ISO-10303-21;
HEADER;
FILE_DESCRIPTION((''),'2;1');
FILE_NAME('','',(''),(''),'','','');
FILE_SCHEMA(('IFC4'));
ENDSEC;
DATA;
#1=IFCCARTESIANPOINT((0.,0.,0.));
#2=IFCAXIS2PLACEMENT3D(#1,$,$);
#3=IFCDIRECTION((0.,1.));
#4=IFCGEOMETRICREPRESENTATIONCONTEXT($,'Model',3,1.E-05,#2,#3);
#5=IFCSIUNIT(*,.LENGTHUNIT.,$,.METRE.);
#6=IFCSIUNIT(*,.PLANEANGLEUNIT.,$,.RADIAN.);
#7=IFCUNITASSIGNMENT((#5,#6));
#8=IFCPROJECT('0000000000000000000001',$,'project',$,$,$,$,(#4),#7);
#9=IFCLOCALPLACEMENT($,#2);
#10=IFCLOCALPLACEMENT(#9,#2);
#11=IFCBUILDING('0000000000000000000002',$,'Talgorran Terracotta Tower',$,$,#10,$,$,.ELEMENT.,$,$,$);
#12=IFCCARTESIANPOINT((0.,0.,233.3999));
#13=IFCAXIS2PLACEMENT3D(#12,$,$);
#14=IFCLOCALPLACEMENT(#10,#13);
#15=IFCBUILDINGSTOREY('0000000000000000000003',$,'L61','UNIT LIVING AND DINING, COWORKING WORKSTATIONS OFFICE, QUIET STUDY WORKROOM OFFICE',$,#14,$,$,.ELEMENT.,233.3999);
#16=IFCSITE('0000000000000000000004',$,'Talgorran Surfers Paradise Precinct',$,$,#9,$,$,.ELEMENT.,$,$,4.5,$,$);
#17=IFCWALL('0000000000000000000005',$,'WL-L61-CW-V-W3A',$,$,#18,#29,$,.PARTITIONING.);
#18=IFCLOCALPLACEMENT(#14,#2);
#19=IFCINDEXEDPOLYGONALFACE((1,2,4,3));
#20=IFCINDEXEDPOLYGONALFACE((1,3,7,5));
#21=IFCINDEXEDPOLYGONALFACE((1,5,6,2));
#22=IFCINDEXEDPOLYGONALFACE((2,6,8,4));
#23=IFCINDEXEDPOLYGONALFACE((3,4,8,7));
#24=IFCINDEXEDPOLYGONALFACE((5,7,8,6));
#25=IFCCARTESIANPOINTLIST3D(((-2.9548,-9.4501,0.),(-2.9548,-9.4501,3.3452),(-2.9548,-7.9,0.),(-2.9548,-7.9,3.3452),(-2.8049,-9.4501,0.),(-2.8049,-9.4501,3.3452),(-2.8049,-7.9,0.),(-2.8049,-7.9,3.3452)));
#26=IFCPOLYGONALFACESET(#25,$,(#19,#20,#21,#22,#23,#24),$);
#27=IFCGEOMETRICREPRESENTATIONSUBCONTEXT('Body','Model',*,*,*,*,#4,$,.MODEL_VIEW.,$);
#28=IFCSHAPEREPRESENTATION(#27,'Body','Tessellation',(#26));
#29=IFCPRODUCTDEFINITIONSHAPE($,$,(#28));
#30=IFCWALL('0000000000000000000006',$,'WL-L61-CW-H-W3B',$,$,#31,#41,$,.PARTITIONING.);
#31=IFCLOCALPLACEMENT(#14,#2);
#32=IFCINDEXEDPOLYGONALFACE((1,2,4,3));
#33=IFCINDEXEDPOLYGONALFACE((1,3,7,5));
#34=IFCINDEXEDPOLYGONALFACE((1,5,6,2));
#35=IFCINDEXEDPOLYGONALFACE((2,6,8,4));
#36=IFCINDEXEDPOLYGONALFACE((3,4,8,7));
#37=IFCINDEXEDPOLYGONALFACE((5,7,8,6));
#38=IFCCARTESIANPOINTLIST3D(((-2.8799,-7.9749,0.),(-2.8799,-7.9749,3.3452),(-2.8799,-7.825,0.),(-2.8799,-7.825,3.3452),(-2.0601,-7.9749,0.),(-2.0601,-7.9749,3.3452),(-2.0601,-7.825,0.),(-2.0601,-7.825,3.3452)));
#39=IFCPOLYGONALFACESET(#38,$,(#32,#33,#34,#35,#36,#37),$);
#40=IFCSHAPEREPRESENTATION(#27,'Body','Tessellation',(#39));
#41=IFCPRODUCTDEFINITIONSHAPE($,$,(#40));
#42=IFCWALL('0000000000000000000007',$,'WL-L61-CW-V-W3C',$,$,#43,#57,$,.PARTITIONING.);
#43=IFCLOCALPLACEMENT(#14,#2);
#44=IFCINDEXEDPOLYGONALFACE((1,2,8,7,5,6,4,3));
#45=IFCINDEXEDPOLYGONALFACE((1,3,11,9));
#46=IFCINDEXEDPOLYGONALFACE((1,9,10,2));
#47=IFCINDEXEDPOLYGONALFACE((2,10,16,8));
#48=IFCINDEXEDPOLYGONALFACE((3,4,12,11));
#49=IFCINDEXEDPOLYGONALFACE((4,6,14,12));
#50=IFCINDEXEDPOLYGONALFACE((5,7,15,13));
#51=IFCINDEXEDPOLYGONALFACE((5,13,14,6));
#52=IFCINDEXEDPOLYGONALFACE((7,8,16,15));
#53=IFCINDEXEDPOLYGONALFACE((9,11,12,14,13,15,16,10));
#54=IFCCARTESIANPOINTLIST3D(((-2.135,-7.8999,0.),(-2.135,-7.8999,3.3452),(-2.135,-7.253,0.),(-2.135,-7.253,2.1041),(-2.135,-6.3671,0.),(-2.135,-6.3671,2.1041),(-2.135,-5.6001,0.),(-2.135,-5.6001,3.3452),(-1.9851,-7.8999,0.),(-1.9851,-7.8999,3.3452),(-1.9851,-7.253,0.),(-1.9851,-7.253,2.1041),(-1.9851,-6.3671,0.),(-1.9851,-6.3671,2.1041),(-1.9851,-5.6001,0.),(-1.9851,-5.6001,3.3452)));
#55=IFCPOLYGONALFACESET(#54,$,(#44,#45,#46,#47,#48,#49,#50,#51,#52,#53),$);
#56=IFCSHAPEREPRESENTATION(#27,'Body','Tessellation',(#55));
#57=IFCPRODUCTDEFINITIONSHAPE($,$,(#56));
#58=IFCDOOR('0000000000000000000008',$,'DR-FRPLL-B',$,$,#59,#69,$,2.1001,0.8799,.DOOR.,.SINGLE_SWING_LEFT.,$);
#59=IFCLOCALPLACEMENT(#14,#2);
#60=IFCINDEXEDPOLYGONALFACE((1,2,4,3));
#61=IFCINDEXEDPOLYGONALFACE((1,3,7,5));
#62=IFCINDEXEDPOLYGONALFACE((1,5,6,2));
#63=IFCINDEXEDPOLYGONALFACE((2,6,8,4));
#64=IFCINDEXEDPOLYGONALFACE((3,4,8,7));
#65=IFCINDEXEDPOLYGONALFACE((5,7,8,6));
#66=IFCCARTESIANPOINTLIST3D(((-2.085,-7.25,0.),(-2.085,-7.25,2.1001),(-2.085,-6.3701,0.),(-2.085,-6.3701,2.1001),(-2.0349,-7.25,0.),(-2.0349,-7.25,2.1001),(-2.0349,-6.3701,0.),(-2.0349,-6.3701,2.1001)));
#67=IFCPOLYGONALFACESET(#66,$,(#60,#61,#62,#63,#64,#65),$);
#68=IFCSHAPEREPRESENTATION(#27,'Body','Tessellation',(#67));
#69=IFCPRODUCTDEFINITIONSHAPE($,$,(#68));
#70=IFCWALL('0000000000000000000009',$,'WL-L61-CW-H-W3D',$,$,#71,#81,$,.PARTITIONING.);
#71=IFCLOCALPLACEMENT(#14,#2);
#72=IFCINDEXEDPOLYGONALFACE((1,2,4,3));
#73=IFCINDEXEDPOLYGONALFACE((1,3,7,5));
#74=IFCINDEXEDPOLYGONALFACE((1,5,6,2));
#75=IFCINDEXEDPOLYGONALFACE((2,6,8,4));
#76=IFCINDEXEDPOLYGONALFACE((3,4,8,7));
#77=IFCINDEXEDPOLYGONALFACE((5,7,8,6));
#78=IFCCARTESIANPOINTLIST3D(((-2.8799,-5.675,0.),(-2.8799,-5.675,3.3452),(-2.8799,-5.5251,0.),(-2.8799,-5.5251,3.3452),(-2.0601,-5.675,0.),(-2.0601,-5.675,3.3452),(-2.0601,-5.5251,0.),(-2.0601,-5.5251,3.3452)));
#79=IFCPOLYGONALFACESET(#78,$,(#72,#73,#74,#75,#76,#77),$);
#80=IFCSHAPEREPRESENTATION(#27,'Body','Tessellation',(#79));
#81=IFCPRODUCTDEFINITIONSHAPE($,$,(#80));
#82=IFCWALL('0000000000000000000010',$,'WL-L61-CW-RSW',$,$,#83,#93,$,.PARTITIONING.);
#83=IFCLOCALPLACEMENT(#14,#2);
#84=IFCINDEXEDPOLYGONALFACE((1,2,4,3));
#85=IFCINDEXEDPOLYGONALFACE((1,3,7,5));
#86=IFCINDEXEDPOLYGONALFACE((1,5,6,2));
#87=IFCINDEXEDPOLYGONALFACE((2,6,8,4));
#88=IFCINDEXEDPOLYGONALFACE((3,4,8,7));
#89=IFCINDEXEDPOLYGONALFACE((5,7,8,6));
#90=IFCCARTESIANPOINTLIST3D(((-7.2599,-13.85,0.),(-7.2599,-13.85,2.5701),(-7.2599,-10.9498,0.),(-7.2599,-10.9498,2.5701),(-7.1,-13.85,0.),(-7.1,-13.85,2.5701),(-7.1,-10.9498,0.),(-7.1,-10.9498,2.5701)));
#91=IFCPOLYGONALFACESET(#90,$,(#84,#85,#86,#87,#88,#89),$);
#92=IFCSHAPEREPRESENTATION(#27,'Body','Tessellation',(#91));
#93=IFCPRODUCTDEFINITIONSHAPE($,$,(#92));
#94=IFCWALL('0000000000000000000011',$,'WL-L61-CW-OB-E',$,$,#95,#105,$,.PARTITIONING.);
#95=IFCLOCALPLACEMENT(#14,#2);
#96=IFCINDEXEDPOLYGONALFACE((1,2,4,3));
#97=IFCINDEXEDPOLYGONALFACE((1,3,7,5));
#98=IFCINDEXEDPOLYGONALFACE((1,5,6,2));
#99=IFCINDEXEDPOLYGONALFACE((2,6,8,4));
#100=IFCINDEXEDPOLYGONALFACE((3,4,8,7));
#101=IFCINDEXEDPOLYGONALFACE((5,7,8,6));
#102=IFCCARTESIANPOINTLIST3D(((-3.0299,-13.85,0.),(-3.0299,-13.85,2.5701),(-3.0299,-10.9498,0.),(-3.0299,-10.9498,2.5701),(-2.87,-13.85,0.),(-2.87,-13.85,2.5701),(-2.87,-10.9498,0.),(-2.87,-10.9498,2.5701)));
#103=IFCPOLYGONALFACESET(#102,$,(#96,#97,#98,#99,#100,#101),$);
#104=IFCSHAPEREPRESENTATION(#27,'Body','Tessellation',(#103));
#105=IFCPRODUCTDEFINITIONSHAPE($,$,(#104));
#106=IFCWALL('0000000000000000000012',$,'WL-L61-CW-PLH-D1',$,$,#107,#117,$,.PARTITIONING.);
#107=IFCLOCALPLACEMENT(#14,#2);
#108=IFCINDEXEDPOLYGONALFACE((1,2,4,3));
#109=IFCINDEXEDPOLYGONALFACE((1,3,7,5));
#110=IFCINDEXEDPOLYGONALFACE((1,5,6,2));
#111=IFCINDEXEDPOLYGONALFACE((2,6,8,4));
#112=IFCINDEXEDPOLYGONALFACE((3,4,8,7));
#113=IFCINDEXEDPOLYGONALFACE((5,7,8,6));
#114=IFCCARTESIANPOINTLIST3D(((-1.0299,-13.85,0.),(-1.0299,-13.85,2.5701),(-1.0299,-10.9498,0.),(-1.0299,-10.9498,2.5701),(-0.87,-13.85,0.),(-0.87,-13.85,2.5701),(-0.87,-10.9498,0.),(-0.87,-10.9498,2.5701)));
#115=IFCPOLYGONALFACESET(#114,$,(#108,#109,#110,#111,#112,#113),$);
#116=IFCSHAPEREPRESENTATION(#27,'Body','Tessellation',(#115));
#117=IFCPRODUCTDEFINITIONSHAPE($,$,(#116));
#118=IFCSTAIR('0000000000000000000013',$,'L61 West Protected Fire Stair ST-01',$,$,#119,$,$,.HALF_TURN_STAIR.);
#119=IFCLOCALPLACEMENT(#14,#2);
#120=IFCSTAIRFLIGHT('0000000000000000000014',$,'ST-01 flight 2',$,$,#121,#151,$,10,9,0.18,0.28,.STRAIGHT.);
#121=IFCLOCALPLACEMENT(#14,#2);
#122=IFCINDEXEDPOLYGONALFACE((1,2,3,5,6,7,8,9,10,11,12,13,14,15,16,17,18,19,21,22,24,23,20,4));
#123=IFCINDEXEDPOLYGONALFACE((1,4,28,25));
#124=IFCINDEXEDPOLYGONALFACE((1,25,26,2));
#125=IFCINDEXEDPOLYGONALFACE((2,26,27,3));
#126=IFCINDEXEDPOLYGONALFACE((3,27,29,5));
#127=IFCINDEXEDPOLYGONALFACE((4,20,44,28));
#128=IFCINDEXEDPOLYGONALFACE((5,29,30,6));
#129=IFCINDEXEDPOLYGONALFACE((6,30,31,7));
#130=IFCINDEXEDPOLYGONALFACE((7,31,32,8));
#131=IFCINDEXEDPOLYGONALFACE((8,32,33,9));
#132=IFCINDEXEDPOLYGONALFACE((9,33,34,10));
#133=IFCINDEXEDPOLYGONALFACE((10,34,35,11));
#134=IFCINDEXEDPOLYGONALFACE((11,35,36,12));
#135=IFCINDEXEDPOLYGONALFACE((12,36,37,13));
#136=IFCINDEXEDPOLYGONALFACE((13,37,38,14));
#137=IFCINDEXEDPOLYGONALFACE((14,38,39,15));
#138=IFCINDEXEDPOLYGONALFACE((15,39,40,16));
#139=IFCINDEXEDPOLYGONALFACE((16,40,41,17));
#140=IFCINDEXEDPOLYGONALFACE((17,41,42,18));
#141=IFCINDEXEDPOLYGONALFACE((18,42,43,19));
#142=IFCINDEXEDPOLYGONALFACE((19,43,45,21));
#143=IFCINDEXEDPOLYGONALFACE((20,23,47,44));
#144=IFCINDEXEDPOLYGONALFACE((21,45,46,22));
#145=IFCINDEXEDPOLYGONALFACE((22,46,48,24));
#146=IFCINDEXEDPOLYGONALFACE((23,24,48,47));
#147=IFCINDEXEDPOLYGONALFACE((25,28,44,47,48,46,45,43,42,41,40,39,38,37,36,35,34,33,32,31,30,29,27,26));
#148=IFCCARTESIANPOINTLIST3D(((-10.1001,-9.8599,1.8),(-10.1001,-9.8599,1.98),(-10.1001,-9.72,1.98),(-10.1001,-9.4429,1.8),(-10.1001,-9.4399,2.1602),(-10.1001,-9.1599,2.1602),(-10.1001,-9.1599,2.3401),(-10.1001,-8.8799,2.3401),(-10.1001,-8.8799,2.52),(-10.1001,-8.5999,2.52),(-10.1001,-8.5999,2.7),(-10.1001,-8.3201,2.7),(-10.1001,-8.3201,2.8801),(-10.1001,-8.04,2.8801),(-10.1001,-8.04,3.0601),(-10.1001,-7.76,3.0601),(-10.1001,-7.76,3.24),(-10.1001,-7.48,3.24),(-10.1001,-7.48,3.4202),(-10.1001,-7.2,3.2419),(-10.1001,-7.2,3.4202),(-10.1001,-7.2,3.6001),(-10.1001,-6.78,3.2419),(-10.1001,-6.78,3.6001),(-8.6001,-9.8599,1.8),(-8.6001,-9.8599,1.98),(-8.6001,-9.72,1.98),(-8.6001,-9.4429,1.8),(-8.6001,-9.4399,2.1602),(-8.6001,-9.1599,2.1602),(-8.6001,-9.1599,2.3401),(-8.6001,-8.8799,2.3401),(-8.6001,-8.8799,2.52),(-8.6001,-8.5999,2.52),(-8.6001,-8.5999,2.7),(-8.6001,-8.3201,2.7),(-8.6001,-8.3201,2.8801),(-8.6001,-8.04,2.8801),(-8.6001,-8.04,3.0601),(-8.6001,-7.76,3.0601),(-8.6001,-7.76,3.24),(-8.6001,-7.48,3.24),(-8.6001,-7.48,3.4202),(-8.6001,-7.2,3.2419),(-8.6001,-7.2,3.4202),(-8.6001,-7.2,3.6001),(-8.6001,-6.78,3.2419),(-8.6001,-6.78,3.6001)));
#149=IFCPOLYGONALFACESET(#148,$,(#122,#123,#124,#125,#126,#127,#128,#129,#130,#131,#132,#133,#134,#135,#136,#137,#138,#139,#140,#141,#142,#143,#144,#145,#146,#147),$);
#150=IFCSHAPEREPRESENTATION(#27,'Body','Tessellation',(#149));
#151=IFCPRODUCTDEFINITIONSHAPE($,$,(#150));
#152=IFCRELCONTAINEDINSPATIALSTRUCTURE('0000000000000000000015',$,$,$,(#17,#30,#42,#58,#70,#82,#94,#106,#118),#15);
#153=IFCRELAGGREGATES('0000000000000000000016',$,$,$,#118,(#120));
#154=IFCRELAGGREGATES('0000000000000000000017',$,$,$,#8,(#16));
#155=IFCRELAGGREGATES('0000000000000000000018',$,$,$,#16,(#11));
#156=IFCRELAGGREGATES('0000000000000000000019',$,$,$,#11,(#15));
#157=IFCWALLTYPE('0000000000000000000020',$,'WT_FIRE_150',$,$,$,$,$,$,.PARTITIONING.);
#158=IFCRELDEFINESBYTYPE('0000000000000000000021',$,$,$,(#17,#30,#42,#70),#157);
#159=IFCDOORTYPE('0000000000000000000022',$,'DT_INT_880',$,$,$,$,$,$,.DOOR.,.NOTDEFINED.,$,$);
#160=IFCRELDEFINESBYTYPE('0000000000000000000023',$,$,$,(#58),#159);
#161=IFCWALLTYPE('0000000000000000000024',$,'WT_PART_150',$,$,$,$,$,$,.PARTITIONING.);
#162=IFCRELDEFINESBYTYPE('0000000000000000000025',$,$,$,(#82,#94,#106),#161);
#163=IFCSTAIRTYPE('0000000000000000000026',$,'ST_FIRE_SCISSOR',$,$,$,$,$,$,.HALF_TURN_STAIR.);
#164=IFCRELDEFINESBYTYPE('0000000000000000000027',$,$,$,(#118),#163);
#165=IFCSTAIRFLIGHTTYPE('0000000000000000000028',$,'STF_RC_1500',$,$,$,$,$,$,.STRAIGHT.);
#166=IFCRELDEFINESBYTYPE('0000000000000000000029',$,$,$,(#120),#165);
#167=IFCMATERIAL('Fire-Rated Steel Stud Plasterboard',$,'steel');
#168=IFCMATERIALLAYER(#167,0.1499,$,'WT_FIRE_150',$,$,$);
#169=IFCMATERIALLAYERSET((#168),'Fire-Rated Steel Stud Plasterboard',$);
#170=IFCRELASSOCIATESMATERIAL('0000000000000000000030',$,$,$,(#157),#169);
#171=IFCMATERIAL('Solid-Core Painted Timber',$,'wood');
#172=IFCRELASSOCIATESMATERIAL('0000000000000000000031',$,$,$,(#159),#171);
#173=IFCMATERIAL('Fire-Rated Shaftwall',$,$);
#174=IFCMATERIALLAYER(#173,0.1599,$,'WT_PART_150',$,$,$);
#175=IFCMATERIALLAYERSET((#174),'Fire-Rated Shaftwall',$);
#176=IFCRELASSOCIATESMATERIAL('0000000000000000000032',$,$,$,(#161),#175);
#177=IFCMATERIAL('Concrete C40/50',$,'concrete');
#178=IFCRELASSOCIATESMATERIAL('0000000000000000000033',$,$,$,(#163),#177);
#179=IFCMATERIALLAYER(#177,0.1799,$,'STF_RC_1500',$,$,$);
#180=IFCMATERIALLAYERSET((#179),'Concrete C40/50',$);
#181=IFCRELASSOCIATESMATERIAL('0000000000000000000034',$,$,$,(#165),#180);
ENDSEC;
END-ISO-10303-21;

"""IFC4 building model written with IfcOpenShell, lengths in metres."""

from ifc_helpers import new_model, si_unit, direction, frame, frame_2d, origin, place, context, subcontext, project, spatial, polyline, rectangle, outline, extrude, material, layer, layer_set, type_object, element, fill, aggregate, save


model = new_model("IFC4")

# Units and contexts
model_context = context("Model", 3, precision=1e-05, world=origin(), true_north=direction((0.0, 1.0)))
body_context = subcontext(model_context, "Body", "Model", "MODEL_VIEW")
ifc_project = project(units=[si_unit("LENGTHUNIT", "METRE"), si_unit("PLANEANGLEUNIT", "RADIAN")], contexts=[model_context])

# Site, building, storey
site_placement = place(None, origin())
site = spatial("IfcSite", under=ifc_project, at=site_placement, Name="Talgorran Surfers Paradise Precinct", CompositionType="ELEMENT", RefElevation=4.5)
building_placement = place(site_placement, origin())
building = spatial("IfcBuilding", under=site, at=building_placement, Name="Talgorran Terracotta Tower", CompositionType="ELEMENT")
storey_placement = place(building_placement, frame((0.0, 0.0, 233.3999)))
storey = spatial("IfcBuildingStorey", under=building, at=storey_placement, Name="L61", Description="UNIT LIVING AND DINING, COWORKING WORKSTATIONS OFFICE, QUIET STUDY WORKROOM OFFICE", CompositionType="ELEMENT", Elevation=233.3999)

# Walls
ifc_material_1 = material(Name="Fire-Rated Steel Stud Plasterboard", Category="steel")
ifc_layer_1 = layer(ifc_material_1, 0.1499, Name="WT_FIRE_150")
ifc_layer_set_1 = layer_set([ifc_layer_1], Name="Fire-Rated Steel Stud Plasterboard")
wall_type_1 = type_object("IfcWallType", Name="WT_FIRE_150", PredefinedType="PARTITIONING", material=ifc_layer_set_1)
wall_1_placement = place(storey_placement, frame((-2.8799, -9.45, 0.0), z_axis=(0.0, 0.0, 1.0), x_axis=(0.0, 1.0, 0.0)))
element("IfcWall", 1, at=wall_1_placement, inside=storey, type_object=wall_type_1, Name="WL-L61-CW-V-W3A", PredefinedType="PARTITIONING", context=body_context, shape_type="SweptSolid", body=[
    extrude(rectangle(XDim=1.55, YDim=0.1499, at=frame_2d((0.7749, 0.0))), origin(), (0.0, 0.0, 1.0), 3.3452),
])
wall_2_placement = place(storey_placement, frame((-2.8799, -7.8999, 0.0), z_axis=(0.0, 0.0, 1.0), x_axis=(1.0, 0.0, 0.0)))
element("IfcWall", 2, at=wall_2_placement, inside=storey, type_object=wall_type_1, Name="WL-L61-CW-H-W3B", PredefinedType="PARTITIONING", context=body_context, shape_type="SweptSolid", body=[
    extrude(rectangle(XDim=0.8198, YDim=0.1499, at=frame_2d((0.4099, 0.0))), origin(), (0.0, 0.0, 1.0), 3.3452),
])

# Wall, opening, door
wall_3_placement = place(storey_placement, frame((-2.0601, -7.8999, 0.0), z_axis=(0.0, 0.0, 1.0), x_axis=(0.0, 1.0, 0.0)))
wall_3 = element("IfcWall", 3, at=wall_3_placement, inside=storey, type_object=wall_type_1, Name="WL-L61-CW-V-W3C", PredefinedType="PARTITIONING", context=body_context, shape_type="SweptSolid", body=[
    extrude(rectangle(XDim=2.2998, YDim=0.1499, at=frame_2d((1.1499, 0.0))), origin(), (0.0, 0.0, 1.0), 3.3452),
])
opening_1_placement = place(wall_3_placement, frame((0.6499, 0.0, 0.0)))
opening_1 = element("IfcOpeningElement", 4, at=opening_1_placement, cuts=wall_3, PredefinedType="OPENING", context=body_context, shape_type="SweptSolid", body=[
    extrude(rectangle(XDim=0.8859, YDim=2.1041, at=frame_2d((0.4399, 1.052))), frame((0.0, 0.085, 0.0), z_axis=(0.0, -1.0, 0.0), x_axis=(1.0, 0.0, 0.0)), (0.0, 0.0, 1.0), 0.1699),
])
ifc_material_2 = material(Name="Solid-Core Painted Timber", Category="wood")
door_type_1 = type_object("IfcDoorType", Name="DT_INT_880", OperationType="NOTDEFINED", PredefinedType="DOOR", material=ifc_material_2)
door_1_placement = place(opening_1_placement, origin())
door_1 = element("IfcDoor", 5, at=door_1_placement, inside=storey, type_object=door_type_1, Name="DR-FRPLL-B", OperationType="SINGLE_SWING_LEFT", OverallHeight=2.1001, OverallWidth=0.8799, PredefinedType="DOOR", context=body_context, shape_type="SweptSolid", body=[
    extrude(rectangle(XDim=0.8799, YDim=2.1001, at=frame_2d((0.4399, 1.05))), frame((0.0, 0.0249, 0.0), z_axis=(0.0, -1.0, 0.0), x_axis=(1.0, 0.0, 0.0)), (0.0, 0.0, 1.0), 0.05),
])
fill(opening_1, door_1)

# Walls
wall_4_placement = place(storey_placement, frame((-2.8799, -5.6001, 0.0), z_axis=(0.0, 0.0, 1.0), x_axis=(1.0, 0.0, 0.0)))
element("IfcWall", 6, at=wall_4_placement, inside=storey, type_object=wall_type_1, Name="WL-L61-CW-H-W3D", PredefinedType="PARTITIONING", context=body_context, shape_type="SweptSolid", body=[
    extrude(rectangle(XDim=0.8198, YDim=0.1499, at=frame_2d((0.4099, 0.0))), origin(), (0.0, 0.0, 1.0), 3.3452),
])
ifc_material_3 = material(Name="Fire-Rated Shaftwall")
ifc_layer_2 = layer(ifc_material_3, 0.1599, Name="WT_PART_150")
ifc_layer_set_2 = layer_set([ifc_layer_2], Name="Fire-Rated Shaftwall")
wall_type_2 = type_object("IfcWallType", Name="WT_PART_150", PredefinedType="PARTITIONING", material=ifc_layer_set_2)
for number, where, z_axis, x_axis, name in (
    (7, (-7.1799, -13.8501, 0.0), (0.0, 0.0, 1.0), (0.0, 1.0, 0.0), "WL-L61-CW-RSW"),
    (8, (-2.95, -13.8501, 0.0), (0.0, 0.0, 1.0), (0.0, 1.0, 0.0), "WL-L61-CW-OB-E"),
    (9, (-0.95, -13.8501, 0.0), (0.0, 0.0, 1.0), (0.0, 1.0, 0.0), "WL-L61-CW-PLH-D1"),
):
    element("IfcWall", number, at=place(storey_placement, frame(where, z_axis=z_axis, x_axis=x_axis)), inside=storey, type_object=wall_type_2, Name=name, PredefinedType="PARTITIONING", context=body_context, shape_type="SweptSolid", body=[
        extrude(rectangle(XDim=2.9001, YDim=0.1599, at=frame_2d((1.4502, 0.0))), origin(), (0.0, 0.0, 1.0), 2.5701),
    ])

# Stair, stair flight
ifc_material_4 = material(Name="Concrete C40/50", Category="concrete")
stair_type = type_object("IfcStairType", Name="ST_FIRE_SCISSOR", PredefinedType="HALF_TURN_STAIR", material=ifc_material_4)
stair_placement = place(storey_placement, origin())
stair = element("IfcStair", 10, at=stair_placement, inside=storey, type_object=stair_type, Name="L61 West Protected Fire Stair ST-01", PredefinedType="HALF_TURN_STAIR")
ifc_layer_3 = layer(ifc_material_4, 0.1799, Name="STF_RC_1500")
ifc_layer_set_3 = layer_set([ifc_layer_3], Name="Concrete C40/50")
stair_flight_type = type_object("IfcStairFlightType", Name="STF_RC_1500", PredefinedType="STRAIGHT", material=ifc_layer_set_3)
stair_flight_placement = place(storey_placement, frame((-9.3501, -9.72, 1.8), z_axis=(0.0, 0.0, 1.0), x_axis=(0.0, 1.0, 0.0)))
stair_flight = element("IfcStairFlight", 11, at=stair_flight_placement, type_object=stair_flight_type, Name="ST-01 flight 2", NumberOfRisers=10, NumberOfTreads=9, PredefinedType="STRAIGHT", RiserHeight=0.18, TreadLength=0.28, context=body_context, shape_type="SweptSolid", body=[
    extrude(outline(polyline([(-0.1399, 0.0), (-0.1399, 0.1799), (0.0, 0.1799), (0.28, 0.3601), (0.5601, 0.3601), (0.5601, 0.54), (0.8401, 0.54), (0.8401, 0.72), (1.1201, 0.72), (1.1201, 0.8999), (1.3999, 0.8999), (1.3999, 1.0801), (1.6799, 1.0801), (1.6799, 1.26), (1.96, 1.26), (1.96, 1.4399), (2.24, 1.4399), (2.24, 1.6201), (2.52, 1.6201), (2.52, 1.8), (2.9399, 1.8), (2.9399, 1.4419), (2.52, 1.4419), (0.2771, 0.0), (-0.1399, 0.0)])), frame((0.0, 0.75, 0.0), z_axis=(0.0, -1.0, 0.0), x_axis=(1.0, 0.0, 0.0)), (0.0, 0.0, 1.0), 1.5),
])
aggregate(stair, [stair_flight])

save(model, "model.ifc")
